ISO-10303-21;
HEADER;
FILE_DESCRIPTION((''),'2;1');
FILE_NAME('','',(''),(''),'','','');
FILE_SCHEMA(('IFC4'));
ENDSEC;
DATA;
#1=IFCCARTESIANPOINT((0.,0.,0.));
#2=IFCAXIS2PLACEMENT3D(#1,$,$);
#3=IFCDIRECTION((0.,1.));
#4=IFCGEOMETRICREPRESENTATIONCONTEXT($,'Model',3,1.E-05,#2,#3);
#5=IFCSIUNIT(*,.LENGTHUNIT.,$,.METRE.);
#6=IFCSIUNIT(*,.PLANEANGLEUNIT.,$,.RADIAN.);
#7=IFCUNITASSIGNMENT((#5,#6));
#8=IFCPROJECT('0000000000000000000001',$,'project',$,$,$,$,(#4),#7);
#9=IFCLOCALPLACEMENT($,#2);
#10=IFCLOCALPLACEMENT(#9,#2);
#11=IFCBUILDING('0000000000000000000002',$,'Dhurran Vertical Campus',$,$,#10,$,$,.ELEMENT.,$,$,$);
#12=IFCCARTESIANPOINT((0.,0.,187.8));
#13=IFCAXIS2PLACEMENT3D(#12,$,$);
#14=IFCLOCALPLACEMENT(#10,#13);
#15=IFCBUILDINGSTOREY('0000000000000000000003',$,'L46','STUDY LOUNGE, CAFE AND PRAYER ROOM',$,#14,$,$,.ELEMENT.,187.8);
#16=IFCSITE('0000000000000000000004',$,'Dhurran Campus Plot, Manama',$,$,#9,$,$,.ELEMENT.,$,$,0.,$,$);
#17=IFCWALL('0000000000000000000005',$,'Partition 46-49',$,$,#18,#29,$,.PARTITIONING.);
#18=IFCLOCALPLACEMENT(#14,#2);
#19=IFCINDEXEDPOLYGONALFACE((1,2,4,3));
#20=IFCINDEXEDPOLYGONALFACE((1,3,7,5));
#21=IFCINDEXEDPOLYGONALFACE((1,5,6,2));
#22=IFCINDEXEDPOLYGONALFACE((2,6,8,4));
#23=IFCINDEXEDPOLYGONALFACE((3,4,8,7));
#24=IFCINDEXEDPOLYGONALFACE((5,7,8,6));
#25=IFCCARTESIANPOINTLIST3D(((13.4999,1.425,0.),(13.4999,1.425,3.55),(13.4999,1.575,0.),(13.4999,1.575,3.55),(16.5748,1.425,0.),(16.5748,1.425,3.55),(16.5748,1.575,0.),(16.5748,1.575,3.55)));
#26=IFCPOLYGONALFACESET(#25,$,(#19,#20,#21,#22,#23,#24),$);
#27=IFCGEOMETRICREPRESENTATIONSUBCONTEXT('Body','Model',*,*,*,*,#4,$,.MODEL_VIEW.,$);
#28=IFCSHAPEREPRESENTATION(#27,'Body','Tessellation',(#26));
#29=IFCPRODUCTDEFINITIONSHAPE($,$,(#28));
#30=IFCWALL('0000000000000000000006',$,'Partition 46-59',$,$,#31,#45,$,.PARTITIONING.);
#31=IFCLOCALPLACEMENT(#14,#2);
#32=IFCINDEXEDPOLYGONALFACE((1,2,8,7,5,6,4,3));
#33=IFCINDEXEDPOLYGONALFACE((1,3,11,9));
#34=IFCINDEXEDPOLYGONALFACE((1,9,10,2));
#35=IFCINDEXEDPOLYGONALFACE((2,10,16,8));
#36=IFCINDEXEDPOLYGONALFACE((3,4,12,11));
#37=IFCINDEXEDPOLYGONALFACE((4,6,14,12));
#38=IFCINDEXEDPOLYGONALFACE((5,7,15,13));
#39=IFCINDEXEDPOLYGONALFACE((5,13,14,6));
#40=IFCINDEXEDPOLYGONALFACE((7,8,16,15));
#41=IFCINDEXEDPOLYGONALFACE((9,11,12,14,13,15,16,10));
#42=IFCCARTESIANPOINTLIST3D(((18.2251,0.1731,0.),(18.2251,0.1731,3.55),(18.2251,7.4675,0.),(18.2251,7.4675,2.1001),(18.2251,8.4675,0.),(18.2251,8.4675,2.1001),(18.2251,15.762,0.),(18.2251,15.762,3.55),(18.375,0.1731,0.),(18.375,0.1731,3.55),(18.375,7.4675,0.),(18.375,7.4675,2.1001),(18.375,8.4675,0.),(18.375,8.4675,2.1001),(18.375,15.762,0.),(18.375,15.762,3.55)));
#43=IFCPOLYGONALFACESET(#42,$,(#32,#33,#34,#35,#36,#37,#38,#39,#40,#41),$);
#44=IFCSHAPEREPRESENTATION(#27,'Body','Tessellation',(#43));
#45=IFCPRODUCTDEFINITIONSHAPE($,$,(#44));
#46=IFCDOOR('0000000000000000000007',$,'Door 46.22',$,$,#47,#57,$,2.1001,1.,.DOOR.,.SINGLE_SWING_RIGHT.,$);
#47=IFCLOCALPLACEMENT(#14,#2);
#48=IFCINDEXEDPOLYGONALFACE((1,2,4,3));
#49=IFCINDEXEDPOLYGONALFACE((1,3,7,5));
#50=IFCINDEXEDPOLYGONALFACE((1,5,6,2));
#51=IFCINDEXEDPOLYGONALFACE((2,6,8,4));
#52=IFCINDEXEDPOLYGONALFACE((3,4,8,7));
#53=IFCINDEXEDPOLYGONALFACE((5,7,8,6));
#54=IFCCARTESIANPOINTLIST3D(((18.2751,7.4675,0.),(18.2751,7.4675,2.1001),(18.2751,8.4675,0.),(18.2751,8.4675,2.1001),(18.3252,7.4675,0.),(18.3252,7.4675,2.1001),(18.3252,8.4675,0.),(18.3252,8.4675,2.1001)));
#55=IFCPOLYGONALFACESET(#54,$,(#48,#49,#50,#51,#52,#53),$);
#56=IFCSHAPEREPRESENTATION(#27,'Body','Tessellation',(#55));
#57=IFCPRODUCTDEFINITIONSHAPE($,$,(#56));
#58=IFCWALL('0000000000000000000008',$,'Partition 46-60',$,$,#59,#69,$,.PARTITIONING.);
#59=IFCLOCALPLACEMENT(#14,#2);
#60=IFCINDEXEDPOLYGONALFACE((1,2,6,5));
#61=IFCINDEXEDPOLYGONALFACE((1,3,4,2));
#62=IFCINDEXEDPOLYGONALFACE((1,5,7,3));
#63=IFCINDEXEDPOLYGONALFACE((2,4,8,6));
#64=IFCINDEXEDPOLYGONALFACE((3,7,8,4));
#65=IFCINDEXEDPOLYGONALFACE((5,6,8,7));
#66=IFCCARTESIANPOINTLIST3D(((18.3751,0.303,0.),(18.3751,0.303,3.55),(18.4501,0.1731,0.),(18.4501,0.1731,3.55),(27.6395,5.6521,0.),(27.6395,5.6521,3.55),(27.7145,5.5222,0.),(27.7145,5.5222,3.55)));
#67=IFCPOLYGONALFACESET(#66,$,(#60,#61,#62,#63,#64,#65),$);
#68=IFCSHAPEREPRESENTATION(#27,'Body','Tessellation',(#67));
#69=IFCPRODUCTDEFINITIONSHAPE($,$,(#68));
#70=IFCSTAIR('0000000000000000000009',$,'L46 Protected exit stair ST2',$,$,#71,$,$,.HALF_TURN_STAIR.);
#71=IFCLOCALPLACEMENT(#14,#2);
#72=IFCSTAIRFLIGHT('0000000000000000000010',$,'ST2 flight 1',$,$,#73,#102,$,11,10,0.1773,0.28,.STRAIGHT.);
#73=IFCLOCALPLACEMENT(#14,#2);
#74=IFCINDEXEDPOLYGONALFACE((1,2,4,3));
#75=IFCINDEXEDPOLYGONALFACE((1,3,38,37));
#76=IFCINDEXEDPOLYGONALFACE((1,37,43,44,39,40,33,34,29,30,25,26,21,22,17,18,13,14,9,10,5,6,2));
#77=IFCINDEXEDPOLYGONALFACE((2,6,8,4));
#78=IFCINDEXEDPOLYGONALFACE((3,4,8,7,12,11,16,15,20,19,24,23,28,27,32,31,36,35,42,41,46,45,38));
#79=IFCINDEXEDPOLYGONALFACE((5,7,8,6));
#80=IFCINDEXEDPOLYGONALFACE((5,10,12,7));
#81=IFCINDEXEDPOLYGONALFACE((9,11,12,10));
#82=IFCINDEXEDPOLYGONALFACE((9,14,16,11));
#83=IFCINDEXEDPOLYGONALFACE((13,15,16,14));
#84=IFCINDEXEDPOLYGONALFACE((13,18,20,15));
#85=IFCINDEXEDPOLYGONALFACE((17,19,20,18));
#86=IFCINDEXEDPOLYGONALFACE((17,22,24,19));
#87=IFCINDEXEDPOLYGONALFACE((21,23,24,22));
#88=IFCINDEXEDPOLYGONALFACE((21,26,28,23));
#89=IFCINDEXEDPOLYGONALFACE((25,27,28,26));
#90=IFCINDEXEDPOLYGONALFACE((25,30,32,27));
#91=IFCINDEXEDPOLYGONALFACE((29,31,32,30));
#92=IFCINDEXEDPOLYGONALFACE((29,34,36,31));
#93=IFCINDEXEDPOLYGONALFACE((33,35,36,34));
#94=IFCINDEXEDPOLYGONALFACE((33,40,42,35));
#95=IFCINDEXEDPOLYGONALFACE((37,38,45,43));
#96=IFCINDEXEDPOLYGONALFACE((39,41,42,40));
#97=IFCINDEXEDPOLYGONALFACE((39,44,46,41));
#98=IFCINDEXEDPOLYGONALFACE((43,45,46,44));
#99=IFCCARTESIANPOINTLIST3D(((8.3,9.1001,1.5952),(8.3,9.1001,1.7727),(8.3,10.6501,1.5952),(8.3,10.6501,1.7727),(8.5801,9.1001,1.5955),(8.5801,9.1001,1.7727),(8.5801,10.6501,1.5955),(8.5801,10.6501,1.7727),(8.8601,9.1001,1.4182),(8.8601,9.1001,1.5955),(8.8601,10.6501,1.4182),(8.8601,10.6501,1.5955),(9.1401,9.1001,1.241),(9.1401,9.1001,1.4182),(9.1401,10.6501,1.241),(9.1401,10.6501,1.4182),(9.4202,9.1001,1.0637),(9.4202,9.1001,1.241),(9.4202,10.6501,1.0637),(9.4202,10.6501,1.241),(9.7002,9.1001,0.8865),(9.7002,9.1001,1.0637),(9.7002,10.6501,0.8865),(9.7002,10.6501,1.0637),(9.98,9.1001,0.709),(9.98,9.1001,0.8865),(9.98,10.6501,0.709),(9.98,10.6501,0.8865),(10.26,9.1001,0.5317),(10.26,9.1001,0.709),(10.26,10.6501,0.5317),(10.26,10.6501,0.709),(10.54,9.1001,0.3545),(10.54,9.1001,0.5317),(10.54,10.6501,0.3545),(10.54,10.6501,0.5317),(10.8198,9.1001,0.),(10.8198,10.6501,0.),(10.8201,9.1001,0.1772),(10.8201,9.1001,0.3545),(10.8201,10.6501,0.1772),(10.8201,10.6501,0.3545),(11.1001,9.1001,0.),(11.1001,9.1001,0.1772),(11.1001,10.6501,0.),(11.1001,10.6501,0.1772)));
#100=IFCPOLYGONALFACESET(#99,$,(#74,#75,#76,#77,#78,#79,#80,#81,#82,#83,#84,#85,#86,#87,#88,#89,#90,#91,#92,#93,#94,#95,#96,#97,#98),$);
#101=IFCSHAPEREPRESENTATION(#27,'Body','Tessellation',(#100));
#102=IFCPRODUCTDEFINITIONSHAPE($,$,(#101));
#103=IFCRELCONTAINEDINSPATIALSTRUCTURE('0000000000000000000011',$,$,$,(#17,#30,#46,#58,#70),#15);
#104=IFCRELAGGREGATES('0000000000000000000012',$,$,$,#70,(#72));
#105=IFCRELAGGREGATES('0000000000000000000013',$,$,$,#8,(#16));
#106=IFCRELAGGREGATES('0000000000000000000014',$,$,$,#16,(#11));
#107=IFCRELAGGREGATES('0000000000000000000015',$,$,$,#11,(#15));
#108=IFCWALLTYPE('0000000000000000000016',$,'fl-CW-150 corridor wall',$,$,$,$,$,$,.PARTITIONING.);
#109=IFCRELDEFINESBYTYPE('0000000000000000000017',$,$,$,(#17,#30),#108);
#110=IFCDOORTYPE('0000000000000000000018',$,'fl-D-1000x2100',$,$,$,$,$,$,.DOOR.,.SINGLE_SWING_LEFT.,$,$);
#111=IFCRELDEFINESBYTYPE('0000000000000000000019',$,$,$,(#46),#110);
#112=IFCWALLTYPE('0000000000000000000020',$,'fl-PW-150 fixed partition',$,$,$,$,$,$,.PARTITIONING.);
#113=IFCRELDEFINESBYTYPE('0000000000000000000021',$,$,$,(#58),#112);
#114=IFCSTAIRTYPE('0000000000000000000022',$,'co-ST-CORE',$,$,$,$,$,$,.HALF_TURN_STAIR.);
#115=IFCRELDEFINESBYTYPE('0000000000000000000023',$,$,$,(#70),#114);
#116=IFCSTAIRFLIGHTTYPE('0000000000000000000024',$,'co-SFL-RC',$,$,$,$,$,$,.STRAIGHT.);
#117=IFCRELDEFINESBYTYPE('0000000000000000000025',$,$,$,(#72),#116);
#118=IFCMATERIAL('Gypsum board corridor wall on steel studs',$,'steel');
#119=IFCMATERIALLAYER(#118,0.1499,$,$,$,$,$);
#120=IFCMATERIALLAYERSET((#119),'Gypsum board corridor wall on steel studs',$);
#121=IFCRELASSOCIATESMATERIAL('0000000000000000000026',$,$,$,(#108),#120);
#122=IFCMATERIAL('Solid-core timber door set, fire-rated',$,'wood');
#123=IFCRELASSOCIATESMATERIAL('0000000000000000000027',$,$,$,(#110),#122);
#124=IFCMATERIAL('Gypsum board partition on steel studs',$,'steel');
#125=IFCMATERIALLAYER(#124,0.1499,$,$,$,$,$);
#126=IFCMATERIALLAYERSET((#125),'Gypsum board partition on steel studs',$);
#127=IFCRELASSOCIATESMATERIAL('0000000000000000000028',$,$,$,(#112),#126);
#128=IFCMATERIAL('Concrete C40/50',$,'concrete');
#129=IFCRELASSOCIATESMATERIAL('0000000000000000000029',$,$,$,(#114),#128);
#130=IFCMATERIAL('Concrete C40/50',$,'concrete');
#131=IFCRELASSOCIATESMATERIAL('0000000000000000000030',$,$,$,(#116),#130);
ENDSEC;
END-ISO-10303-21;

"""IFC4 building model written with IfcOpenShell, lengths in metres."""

from ifc_helpers import new_model, si_unit, direction, frame, frame_2d, origin, place, context, subcontext, project, spatial, polyline, rectangle, outline, extrude, material, layer, layer_set, type_object, element, fill, aggregate, save


model = new_model("IFC4")

# Units and contexts
model_context = context("Model", 3, precision=1e-05, world=origin(), true_north=direction((0.0, 1.0)))
body_context = subcontext(model_context, "Body", "Model", "MODEL_VIEW")
ifc_project = project(units=[si_unit("LENGTHUNIT", "METRE"), si_unit("PLANEANGLEUNIT", "RADIAN")], contexts=[model_context])

# Site, building, storey
site_placement = place(None, origin())
site = spatial("IfcSite", under=ifc_project, at=site_placement, Name="Dhurran Campus Plot, Manama", CompositionType="ELEMENT", RefElevation=0.0)
building_placement = place(site_placement, origin())
building = spatial("IfcBuilding", under=site, at=building_placement, Name="Dhurran Vertical Campus", CompositionType="ELEMENT")
storey_placement = place(building_placement, frame((0.0, 0.0, 187.8)))
storey = spatial("IfcBuildingStorey", under=building, at=storey_placement, Name="L46", Description="STUDY LOUNGE, CAFE AND PRAYER ROOM", CompositionType="ELEMENT", Elevation=187.8)

# Wall
ifc_material_1 = material(Name="Gypsum board corridor wall on steel studs", Category="steel")
ifc_layer_1 = layer(ifc_material_1, 0.1499)
ifc_layer_set_1 = layer_set([ifc_layer_1], Name="Gypsum board corridor wall on steel studs")
wall_type_1 = type_object("IfcWallType", Name="fl-CW-150 corridor wall", PredefinedType="PARTITIONING", material=ifc_layer_set_1)
for number, where, z_axis, x_axis, name in (
    (1, (16.575, 1.5, 0.0), (0.0, 0.0, 1.0), (-1.0, 0.0, 0.0), "Partition 46-49"),
):
    element("IfcWall", number, at=place(storey_placement, frame(where, z_axis=z_axis, x_axis=x_axis)), inside=storey, type_object=wall_type_1, Name=name, PredefinedType="PARTITIONING", context=body_context, shape_type="SweptSolid", body=[
        extrude(rectangle(XDim=3.075, YDim=0.1499, at=frame_2d((1.5376, 0.0))), origin(), (0.0, 0.0, 1.0), 3.55),
    ])

# Wall, opening, door
wall_1_placement = place(storey_placement, frame((18.3, 0.1731, 0.0), z_axis=(0.0, 0.0, 1.0), x_axis=(0.0, 1.0, 0.0)))
wall_1 = element("IfcWall", 2, at=wall_1_placement, inside=storey, type_object=wall_type_1, Name="Partition 46-59", PredefinedType="PARTITIONING", context=body_context, shape_type="SweptSolid", body=[
    extrude(rectangle(XDim=15.5889, YDim=0.1499, at=frame_2d((7.7944, 0.0))), origin(), (0.0, 0.0, 1.0), 3.55),
])
opening_1_placement = place(wall_1_placement, frame((7.2944, 0.0, 0.0)))
opening_1 = element("IfcOpeningElement", 3, at=opening_1_placement, cuts=wall_1, PredefinedType="OPENING", context=body_context, shape_type="SweptSolid", body=[
    extrude(rectangle(XDim=1.0, YDim=2.1001, at=frame_2d((0.5, 1.05))), frame((0.0, 0.085, 0.0), z_axis=(0.0, -1.0, 0.0), x_axis=(1.0, 0.0, 0.0)), (0.0, 0.0, 1.0), 0.1699),
])
ifc_material_2 = material(Name="Solid-core timber door set, fire-rated", Category="wood")
door_type = type_object("IfcDoorType", Name="fl-D-1000x2100", OperationType="SINGLE_SWING_LEFT", PredefinedType="DOOR", material=ifc_material_2)
door_placement = place(opening_1_placement, origin())
door = element("IfcDoor", 4, at=door_placement, inside=storey, type_object=door_type, Name="Door 46.22", OperationType="SINGLE_SWING_RIGHT", OverallHeight=2.1001, OverallWidth=1.0, PredefinedType="DOOR", context=body_context, shape_type="SweptSolid", body=[
    extrude(rectangle(XDim=1.0, YDim=2.1001, at=frame_2d((0.5, 1.05))), frame((0.0, 0.0249, 0.0), z_axis=(0.0, -1.0, 0.0), x_axis=(1.0, 0.0, 0.0)), (0.0, 0.0, 1.0), 0.05),
])
fill(opening_1, door)

# Wall
ifc_material_3 = material(Name="Gypsum board partition on steel studs", Category="steel")
ifc_layer_2 = layer(ifc_material_3, 0.1499)
ifc_layer_set_2 = layer_set([ifc_layer_2], Name="Gypsum board partition on steel studs")
wall_type_2 = type_object("IfcWallType", Name="fl-PW-150 fixed partition", PredefinedType="PARTITIONING", material=ifc_layer_set_2)
wall_2_placement = place(storey_placement, frame((27.677, 5.5872, 0.0), z_axis=(0.0, 0.0, 1.0), x_axis=(-0.866013, -0.500022, 0.0)))
element("IfcWall", 5, at=wall_2_placement, inside=storey, type_object=wall_type_2, Name="Partition 46-60", PredefinedType="PARTITIONING", context=body_context, shape_type="SweptSolid", body=[
    extrude(rectangle(XDim=10.6978, YDim=0.1499, at=frame_2d((5.3489, 0.0))), origin(), (0.0, 0.0, 1.0), 3.55),
])

# Stair, stair flight
ifc_material_4 = material(Name="Concrete C40/50", Category="concrete")
stair_type = type_object("IfcStairType", Name="co-ST-CORE", PredefinedType="HALF_TURN_STAIR", material=ifc_material_4)
stair_placement = place(storey_placement, origin())
stair = element("IfcStair", 6, at=stair_placement, inside=storey, type_object=stair_type, Name="L46 Protected exit stair ST2", PredefinedType="HALF_TURN_STAIR")
ifc_material_5 = material(Name="Concrete C40/50", Category="concrete")
stair_flight_type = type_object("IfcStairFlightType", Name="co-SFL-RC", PredefinedType="STRAIGHT", material=ifc_material_5)
stair_flight_placement = place(storey_placement, frame((11.1001, 9.875, 0.0), z_axis=(0.0, 0.0, 1.0), x_axis=(-1.0, 0.0, 0.0)))
stair_flight = element("IfcStairFlight", 7, at=stair_flight_placement, type_object=stair_flight_type, Name="ST2 flight 1", NumberOfRisers=11, NumberOfTreads=10, PredefinedType="STRAIGHT", RiserHeight=0.1773, TreadLength=0.28, context=body_context, shape_type="SweptSolid", body=[
    extrude(outline(polyline([(0.0, 0.0), (0.0, 0.1772), (0.28, 0.1772), (0.28, 0.3545), (0.5601, 0.3545), (0.5601, 0.5317), (0.8401, 0.5317), (0.8401, 0.709), (1.1201, 0.709), (1.1201, 0.8865), (1.3999, 0.8865), (1.3999, 1.0637), (1.6799, 1.0637), (1.6799, 1.241), (1.96, 1.241), (1.96, 1.4182), (2.24, 1.4182), (2.24, 1.5955), (2.52, 1.5955), (2.52, 1.7727), (2.8, 1.7727), (2.8, 1.95), (2.8, 1.5952), (0.2803, 0.0), (0.0, 0.0)])), frame((0.0, 0.7749, 0.0), z_axis=(0.0, -1.0, 0.0), x_axis=(1.0, 0.0, 0.0)), (0.0, 0.0, 1.0), 1.55),
])
aggregate(stair, [stair_flight])

save(model, "model.ifc")
